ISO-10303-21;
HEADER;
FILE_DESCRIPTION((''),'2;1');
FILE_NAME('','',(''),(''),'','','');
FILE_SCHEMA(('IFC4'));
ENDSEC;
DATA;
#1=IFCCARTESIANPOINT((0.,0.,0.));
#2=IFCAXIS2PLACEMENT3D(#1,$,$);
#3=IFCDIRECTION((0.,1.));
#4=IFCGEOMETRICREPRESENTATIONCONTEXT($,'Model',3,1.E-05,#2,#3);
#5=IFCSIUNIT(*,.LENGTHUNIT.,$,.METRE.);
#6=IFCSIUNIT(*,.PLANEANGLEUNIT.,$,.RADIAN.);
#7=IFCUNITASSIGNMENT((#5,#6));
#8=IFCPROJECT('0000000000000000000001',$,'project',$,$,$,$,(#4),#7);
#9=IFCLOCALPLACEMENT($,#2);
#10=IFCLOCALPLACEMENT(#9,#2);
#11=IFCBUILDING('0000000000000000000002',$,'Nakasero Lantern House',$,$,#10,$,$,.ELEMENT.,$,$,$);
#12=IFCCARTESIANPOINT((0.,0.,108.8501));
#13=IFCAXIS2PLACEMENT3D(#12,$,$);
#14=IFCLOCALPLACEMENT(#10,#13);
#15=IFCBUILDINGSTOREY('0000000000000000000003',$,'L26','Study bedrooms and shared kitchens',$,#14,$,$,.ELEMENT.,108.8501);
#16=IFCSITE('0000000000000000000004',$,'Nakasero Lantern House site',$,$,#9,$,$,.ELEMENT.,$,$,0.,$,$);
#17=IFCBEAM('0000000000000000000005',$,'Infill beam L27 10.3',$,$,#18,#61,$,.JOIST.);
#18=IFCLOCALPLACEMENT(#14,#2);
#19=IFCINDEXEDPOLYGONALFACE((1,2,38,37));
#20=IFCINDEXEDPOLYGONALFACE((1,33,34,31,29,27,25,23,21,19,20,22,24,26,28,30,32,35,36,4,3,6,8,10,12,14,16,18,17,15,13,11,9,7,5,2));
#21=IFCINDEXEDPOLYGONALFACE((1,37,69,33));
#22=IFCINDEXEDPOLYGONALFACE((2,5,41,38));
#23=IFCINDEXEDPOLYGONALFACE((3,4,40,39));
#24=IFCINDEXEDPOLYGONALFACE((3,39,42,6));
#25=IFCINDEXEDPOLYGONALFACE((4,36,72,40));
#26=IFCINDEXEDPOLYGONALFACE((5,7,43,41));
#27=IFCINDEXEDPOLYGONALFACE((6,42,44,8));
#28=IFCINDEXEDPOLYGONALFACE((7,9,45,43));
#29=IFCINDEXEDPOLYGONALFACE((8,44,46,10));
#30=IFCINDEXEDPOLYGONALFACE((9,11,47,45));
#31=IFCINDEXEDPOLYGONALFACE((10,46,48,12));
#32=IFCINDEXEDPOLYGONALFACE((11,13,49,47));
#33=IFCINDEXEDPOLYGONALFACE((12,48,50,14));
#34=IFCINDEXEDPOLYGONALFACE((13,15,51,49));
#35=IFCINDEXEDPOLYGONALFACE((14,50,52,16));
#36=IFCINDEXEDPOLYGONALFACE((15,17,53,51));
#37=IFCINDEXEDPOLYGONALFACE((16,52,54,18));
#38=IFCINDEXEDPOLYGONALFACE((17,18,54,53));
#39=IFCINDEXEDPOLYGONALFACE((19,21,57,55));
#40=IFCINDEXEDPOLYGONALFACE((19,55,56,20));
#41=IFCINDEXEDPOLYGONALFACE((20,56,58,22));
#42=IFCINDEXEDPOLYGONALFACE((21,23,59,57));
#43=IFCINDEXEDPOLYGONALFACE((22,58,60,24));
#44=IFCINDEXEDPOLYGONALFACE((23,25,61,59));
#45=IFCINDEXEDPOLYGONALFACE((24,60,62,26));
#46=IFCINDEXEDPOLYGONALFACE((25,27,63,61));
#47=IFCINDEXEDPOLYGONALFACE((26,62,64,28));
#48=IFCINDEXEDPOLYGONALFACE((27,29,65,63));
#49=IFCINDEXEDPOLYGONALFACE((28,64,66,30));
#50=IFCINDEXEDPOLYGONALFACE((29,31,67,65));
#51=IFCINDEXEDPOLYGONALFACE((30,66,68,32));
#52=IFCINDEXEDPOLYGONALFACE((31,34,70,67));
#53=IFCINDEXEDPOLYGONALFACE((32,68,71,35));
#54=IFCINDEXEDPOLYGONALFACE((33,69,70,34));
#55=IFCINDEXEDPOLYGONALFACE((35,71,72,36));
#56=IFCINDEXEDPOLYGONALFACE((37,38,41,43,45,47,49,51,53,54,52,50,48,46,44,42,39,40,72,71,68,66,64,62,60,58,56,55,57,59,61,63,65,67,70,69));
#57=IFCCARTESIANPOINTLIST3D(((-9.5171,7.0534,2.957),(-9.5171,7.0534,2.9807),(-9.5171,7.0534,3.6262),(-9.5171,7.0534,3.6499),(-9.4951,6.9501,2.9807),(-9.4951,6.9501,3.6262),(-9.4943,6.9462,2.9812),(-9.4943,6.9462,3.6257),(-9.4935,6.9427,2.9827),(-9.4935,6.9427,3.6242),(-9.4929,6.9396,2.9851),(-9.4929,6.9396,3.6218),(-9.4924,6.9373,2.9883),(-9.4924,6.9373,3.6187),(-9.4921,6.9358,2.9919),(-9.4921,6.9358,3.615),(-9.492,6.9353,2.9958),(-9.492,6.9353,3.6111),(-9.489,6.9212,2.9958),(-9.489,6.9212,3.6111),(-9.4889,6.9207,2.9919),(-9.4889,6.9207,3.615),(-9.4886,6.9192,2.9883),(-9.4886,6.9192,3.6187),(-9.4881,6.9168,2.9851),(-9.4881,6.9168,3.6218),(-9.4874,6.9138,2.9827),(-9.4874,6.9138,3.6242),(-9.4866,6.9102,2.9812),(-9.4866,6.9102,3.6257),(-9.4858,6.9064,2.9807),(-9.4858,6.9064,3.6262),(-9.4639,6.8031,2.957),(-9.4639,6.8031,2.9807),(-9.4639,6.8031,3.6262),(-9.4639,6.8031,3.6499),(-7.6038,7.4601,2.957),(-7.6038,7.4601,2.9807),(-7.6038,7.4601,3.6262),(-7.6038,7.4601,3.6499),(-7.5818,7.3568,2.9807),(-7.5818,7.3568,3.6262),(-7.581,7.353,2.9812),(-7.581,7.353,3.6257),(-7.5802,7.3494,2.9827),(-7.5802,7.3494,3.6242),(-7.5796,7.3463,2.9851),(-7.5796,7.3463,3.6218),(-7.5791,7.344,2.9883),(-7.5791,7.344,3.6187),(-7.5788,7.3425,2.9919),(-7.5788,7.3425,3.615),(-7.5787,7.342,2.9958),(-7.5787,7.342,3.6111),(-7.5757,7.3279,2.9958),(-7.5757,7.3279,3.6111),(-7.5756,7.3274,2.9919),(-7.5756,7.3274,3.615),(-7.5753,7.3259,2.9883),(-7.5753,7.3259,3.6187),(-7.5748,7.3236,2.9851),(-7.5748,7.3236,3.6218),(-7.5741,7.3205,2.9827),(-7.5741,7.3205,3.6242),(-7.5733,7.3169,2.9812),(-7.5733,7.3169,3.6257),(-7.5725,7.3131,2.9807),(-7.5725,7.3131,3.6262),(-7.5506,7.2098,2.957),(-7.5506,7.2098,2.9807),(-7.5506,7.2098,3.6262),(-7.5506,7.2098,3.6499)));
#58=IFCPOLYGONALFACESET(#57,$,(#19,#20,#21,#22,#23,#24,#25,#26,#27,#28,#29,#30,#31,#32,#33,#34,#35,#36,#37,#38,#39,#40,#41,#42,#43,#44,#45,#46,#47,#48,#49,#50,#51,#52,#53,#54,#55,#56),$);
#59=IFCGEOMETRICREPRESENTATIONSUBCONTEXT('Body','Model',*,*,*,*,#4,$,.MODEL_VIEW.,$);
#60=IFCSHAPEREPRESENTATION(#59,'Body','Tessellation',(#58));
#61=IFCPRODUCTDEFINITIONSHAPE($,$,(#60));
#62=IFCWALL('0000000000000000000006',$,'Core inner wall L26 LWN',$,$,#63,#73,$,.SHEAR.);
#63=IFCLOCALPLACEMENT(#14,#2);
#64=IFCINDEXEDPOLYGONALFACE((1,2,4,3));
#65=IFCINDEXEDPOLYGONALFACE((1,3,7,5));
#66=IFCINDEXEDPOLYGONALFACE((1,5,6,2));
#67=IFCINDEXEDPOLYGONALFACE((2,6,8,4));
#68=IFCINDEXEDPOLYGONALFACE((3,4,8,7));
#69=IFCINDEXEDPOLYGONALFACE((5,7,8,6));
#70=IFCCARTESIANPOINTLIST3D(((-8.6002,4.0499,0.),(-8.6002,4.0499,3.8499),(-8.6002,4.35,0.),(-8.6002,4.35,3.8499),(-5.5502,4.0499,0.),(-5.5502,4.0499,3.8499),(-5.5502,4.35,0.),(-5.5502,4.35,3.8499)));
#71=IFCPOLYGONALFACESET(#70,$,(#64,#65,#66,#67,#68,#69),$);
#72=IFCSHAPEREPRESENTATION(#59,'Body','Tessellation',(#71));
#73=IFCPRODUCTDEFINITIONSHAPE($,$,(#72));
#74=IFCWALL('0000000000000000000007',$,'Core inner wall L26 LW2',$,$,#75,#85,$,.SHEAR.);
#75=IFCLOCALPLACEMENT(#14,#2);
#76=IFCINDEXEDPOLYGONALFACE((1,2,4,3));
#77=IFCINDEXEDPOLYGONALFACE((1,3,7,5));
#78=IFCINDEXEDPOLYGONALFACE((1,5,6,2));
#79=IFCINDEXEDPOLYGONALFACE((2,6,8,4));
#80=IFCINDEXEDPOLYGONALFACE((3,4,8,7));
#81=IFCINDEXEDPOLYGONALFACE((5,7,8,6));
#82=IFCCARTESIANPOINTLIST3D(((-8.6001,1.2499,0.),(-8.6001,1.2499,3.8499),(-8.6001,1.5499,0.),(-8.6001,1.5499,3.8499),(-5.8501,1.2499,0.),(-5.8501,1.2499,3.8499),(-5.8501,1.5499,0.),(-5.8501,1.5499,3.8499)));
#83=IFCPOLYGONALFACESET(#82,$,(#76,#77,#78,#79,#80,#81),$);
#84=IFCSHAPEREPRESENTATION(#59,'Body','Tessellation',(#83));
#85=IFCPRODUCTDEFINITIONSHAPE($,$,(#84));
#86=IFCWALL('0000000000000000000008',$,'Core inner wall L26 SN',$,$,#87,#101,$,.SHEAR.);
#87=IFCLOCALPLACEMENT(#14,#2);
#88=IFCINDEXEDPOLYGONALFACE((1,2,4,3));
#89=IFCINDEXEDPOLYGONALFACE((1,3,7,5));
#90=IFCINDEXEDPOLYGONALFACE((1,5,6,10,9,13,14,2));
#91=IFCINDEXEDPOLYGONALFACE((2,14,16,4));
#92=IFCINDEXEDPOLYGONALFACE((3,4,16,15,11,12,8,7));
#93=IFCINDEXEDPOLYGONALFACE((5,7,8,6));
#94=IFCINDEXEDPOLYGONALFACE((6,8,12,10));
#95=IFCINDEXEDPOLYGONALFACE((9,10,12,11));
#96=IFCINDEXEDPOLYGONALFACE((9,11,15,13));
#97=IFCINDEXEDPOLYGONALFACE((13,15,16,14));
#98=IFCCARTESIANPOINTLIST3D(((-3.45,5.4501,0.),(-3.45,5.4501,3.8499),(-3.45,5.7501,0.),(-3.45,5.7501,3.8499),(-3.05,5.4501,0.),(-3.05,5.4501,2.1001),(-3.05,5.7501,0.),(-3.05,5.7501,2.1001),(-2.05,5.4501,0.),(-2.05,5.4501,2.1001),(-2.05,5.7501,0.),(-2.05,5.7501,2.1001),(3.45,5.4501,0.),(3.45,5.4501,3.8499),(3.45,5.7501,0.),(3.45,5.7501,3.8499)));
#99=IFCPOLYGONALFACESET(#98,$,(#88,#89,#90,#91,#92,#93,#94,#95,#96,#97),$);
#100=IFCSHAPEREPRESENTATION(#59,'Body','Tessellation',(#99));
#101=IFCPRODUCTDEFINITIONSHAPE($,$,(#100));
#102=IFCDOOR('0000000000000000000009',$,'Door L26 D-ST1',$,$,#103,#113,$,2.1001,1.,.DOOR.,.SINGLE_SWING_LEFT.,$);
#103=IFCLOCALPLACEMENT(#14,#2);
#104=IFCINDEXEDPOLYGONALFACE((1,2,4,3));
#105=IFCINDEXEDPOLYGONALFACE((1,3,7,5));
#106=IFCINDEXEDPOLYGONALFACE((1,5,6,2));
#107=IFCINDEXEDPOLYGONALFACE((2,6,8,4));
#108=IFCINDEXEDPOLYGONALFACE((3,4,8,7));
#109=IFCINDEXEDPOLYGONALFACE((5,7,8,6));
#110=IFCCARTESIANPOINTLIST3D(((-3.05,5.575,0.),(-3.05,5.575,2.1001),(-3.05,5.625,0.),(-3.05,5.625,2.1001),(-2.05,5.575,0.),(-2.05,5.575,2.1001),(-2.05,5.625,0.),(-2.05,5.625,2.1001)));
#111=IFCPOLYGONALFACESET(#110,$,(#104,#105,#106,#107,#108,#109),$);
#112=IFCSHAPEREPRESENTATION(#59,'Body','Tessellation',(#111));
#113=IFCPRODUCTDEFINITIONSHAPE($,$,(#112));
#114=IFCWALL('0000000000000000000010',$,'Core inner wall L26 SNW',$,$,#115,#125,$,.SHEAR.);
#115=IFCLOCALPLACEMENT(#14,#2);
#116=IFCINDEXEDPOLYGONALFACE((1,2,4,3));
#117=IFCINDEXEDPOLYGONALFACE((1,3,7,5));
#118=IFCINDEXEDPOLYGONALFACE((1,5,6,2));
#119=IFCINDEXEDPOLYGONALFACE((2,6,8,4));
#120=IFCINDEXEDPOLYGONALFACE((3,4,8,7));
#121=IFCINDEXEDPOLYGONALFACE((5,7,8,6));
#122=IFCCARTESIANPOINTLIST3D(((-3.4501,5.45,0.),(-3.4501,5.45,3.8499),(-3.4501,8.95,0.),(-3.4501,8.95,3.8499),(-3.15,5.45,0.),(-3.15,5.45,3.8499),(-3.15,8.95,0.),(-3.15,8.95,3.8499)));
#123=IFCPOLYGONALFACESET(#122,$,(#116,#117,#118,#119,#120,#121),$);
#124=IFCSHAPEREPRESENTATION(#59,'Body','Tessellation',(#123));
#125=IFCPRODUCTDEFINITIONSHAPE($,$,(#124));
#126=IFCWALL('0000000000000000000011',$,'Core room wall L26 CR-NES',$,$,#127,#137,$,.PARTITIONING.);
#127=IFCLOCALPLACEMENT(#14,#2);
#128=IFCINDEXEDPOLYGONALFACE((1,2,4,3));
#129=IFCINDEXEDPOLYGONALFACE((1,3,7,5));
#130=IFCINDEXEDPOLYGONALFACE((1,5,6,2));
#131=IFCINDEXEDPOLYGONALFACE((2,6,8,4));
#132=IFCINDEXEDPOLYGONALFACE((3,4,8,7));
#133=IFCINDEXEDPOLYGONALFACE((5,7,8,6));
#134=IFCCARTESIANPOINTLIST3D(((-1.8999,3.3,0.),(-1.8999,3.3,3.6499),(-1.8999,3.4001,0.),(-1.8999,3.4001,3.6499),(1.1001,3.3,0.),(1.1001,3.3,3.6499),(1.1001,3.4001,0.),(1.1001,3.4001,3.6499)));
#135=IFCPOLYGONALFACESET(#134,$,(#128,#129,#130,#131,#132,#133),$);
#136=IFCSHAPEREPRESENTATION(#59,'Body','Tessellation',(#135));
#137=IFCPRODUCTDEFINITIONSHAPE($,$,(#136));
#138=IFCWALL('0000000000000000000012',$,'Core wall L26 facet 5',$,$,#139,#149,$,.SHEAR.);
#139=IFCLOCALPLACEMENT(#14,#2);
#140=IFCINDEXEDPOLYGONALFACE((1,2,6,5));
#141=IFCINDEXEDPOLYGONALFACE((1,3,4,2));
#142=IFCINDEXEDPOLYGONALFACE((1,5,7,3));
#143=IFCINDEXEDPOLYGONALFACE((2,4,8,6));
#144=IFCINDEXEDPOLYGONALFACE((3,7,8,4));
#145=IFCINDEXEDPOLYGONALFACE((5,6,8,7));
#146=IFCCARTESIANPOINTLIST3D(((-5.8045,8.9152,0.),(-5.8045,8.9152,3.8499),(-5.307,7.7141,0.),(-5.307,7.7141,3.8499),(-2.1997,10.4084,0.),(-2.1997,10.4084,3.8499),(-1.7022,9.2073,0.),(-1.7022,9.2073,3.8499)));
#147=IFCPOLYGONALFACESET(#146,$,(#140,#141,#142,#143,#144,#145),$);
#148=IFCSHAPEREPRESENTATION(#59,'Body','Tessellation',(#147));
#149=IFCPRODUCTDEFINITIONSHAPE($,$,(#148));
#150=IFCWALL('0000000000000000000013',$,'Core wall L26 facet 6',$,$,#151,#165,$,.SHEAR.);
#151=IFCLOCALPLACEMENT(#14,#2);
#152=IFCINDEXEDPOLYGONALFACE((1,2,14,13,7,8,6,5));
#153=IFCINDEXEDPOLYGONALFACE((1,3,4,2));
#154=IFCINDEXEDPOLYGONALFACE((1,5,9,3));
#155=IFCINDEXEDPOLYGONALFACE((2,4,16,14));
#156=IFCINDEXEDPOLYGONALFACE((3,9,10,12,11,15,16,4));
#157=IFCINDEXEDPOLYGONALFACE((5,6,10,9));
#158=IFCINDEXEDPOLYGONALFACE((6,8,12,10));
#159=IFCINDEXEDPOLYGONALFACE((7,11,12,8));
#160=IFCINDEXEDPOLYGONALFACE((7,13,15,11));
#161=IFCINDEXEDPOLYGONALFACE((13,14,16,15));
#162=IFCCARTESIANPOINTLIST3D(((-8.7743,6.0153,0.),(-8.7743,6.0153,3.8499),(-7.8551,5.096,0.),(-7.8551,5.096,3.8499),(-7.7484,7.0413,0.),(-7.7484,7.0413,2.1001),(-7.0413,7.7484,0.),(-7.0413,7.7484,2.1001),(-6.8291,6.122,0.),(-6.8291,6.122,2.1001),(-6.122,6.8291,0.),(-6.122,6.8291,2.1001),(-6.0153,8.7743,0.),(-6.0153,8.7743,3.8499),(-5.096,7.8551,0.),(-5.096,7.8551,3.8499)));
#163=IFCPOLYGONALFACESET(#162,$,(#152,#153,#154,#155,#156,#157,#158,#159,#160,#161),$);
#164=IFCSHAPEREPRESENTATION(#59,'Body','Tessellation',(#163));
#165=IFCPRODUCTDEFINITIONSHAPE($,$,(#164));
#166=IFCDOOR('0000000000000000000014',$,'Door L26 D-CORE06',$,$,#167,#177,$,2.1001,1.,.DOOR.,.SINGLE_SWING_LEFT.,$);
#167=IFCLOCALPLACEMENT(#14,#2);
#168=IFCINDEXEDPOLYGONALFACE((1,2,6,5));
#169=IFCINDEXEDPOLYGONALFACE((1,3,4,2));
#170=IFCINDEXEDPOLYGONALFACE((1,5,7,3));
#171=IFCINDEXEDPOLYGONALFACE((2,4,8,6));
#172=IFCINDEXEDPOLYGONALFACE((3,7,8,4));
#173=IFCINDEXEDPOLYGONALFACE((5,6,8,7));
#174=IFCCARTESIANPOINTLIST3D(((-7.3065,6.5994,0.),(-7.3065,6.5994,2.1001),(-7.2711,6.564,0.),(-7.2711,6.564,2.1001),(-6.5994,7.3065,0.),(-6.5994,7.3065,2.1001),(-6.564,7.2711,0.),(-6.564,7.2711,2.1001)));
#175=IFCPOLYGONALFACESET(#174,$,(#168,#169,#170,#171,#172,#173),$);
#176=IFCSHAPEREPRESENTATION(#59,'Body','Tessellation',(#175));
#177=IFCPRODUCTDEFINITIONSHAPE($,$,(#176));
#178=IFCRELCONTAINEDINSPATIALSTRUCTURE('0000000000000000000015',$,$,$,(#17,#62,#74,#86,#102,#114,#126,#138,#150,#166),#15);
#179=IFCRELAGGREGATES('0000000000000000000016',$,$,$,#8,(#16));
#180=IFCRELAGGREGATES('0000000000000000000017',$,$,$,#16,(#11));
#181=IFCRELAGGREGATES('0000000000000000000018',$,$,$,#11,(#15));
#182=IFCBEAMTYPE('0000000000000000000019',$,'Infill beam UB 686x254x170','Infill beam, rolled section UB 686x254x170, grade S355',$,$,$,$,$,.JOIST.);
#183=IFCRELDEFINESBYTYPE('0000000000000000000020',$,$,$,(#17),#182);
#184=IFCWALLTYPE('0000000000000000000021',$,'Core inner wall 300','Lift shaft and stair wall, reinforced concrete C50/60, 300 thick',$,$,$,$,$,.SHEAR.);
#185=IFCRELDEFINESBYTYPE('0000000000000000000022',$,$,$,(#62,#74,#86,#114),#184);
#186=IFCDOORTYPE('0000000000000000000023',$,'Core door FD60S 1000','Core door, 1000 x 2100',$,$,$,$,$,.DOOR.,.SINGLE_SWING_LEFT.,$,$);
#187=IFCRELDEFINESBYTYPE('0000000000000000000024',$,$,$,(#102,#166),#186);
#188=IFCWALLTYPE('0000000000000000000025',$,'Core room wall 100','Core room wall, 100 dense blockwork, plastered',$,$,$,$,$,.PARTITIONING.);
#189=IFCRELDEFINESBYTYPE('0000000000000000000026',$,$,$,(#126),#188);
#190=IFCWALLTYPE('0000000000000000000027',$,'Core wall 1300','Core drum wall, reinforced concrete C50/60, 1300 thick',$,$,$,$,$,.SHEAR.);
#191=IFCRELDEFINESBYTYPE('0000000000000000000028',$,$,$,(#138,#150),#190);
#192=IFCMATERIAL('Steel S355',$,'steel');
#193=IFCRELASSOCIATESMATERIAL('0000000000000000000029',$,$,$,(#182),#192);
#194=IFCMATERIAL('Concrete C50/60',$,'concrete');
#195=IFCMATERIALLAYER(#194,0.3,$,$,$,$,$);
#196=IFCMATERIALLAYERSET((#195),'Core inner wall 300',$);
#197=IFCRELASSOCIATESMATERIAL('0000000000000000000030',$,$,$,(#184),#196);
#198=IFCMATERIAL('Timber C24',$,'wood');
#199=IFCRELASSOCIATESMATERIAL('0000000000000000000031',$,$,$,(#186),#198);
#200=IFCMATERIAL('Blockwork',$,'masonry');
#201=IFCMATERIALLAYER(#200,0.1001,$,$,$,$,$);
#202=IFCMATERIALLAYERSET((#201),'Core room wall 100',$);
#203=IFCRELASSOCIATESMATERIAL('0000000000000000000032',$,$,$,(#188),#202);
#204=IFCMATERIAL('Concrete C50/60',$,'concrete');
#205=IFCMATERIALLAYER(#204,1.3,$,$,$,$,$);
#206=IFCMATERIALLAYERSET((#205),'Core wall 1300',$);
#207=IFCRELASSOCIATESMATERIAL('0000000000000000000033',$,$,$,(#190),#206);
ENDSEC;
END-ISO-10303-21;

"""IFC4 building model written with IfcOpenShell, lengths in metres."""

from ifc_helpers import new_model, si_unit, direction, frame, frame_2d, origin, origin_2d, place, context, subcontext, project, spatial, rectangle, i_section, extrude, material, layer, layer_set, material_profile, profile_set, type_object, element, fill, save


model = new_model("IFC4")

# Units and contexts
model_context = context("Model", 3, precision=1e-05, world=origin(), true_north=direction((0.0, 1.0)))
body_context = subcontext(model_context, "Body", "Model", "MODEL_VIEW")
ifc_project = project(units=[si_unit("LENGTHUNIT", "METRE"), si_unit("PLANEANGLEUNIT", "RADIAN")], contexts=[model_context])

# Site, building, storey
site_placement = place(None, origin())
site = spatial("IfcSite", under=ifc_project, at=site_placement, Name="Nakasero Lantern House site", CompositionType="ELEMENT", RefElevation=0.0)
building_placement = place(site_placement, origin())
building = spatial("IfcBuilding", under=site, at=building_placement, Name="Nakasero Lantern House", CompositionType="ELEMENT")
storey_placement = place(building_placement, frame((0.0, 0.0, 108.8501)))
storey = spatial("IfcBuildingStorey", under=building, at=storey_placement, Name="L26", Description="Study bedrooms and shared kitchens", CompositionType="ELEMENT", Elevation=108.8501)

# Beam
ifc_material_1 = material(Name="Steel S355", Category="steel")
ifc_material_profile_1 = material_profile(ifc_material_1, i_section(OverallWidth=0.2559, OverallDepth=0.6929, WebThickness=0.0144, FlangeThickness=0.0237, FilletRadius=0.0151, at=origin_2d()), Name="UB 686x254x170")
ifc_profile_set_1 = profile_set([ifc_material_profile_1], Name="Steel S355")
beam_type_1 = type_object("IfcBeamType", Name="Infill beam UB 686x254x170", Description="Infill beam, rolled section UB 686x254x170, grade S355", PredefinedType="JOIST", material=ifc_profile_set_1)
beam_1_placement = place(storey_placement, frame((-9.4905, 6.9282, 3.3035), z_axis=(0.978143, 0.207935, 0.0), x_axis=(-0.207935, 0.978143, 0.0)))
element("IfcBeam", 1, at=beam_1_placement, inside=storey, type_object=beam_type_1, Name="Infill beam L27 10.3", PredefinedType="JOIST", context=body_context, shape_type="SweptSolid", body=[
    extrude(i_section(OverallWidth=0.2559, OverallDepth=0.6929, WebThickness=0.0144, FlangeThickness=0.0237, FilletRadius=0.0151, at=origin_2d()), origin(), (0.0, 0.0, 1.0), 1.9561),
])

# Walls
ifc_material_2 = material(Name="Concrete C50/60", Category="concrete")
ifc_layer_1 = layer(ifc_material_2, 0.3)
ifc_layer_set_1 = layer_set([ifc_layer_1], Name="Core inner wall 300")
wall_type_1 = type_object("IfcWallType", Name="Core inner wall 300", Description="Lift shaft and stair wall, reinforced concrete C50/60, 300 thick", PredefinedType="SHEAR", material=ifc_layer_set_1)
wall_1_placement = place(storey_placement, frame((-8.6001, 4.2, 0.0), z_axis=(0.0, 0.0, 1.0), x_axis=(1.0, 0.0, 0.0)))
element("IfcWall", 2, at=wall_1_placement, inside=storey, type_object=wall_type_1, Name="Core inner wall L26 LWN", PredefinedType="SHEAR", context=body_context, shape_type="SweptSolid", body=[
    extrude(rectangle(XDim=3.05, YDim=0.3, at=frame_2d((1.5249, 0.0))), origin(), (0.0, 0.0, 1.0), 3.8499),
])
wall_2_placement = place(storey_placement, frame((-8.6001, 1.3999, 0.0), z_axis=(0.0, 0.0, 1.0), x_axis=(1.0, 0.0, 0.0)))
element("IfcWall", 3, at=wall_2_placement, inside=storey, type_object=wall_type_1, Name="Core inner wall L26 LW2", PredefinedType="SHEAR", context=body_context, shape_type="SweptSolid", body=[
    extrude(rectangle(XDim=2.75, YDim=0.3, at=frame_2d((1.375, 0.0))), origin(), (0.0, 0.0, 1.0), 3.8499),
])

# Wall, opening, door
wall_3_placement = place(storey_placement, frame((-3.45, 5.6001, 0.0), z_axis=(0.0, 0.0, 1.0), x_axis=(1.0, 0.0, 0.0)))
wall_3 = element("IfcWall", 4, at=wall_3_placement, inside=storey, type_object=wall_type_1, Name="Core inner wall L26 SN", PredefinedType="SHEAR", context=body_context, shape_type="SweptSolid", body=[
    extrude(rectangle(XDim=6.8999, YDim=0.3, at=frame_2d((3.45, 0.0))), origin(), (0.0, 0.0, 1.0), 3.8499),
])
opening_1_placement = place(wall_3_placement, frame((0.3999, 0.0, 0.0)))
opening_1 = element("IfcOpeningElement", 5, at=opening_1_placement, cuts=wall_3, PredefinedType="OPENING", context=body_context, shape_type="SweptSolid", body=[
    extrude(rectangle(XDim=1.0, YDim=2.1001, at=frame_2d((0.5, 1.05))), frame((0.0, 0.1699, 0.0), z_axis=(0.0, -1.0, 0.0), x_axis=(1.0, 0.0, 0.0)), (0.0, 0.0, 1.0), 0.3401),
])
ifc_material_3 = material(Name="Timber C24", Category="wood")
door_type_1 = type_object("IfcDoorType", Name="Core door FD60S 1000", Description="Core door, 1000 x 2100", OperationType="SINGLE_SWING_LEFT", PredefinedType="DOOR", material=ifc_material_3)
door_1_placement = place(opening_1_placement, origin())
door_1 = element("IfcDoor", 6, at=door_1_placement, inside=storey, type_object=door_type_1, Name="Door L26 D-ST1", OperationType="SINGLE_SWING_LEFT", OverallHeight=2.1001, OverallWidth=1.0, PredefinedType="DOOR", context=body_context, shape_type="SweptSolid", body=[
    extrude(rectangle(XDim=1.0, YDim=2.1001, at=frame_2d((0.5, 1.05))), frame((0.0, 0.0249, 0.0), z_axis=(0.0, -1.0, 0.0), x_axis=(1.0, 0.0, 0.0)), (0.0, 0.0, 1.0), 0.05),
])
fill(opening_1, door_1)

# Walls
wall_4_placement = place(storey_placement, frame((-3.3, 5.45, 0.0), z_axis=(0.0, 0.0, 1.0), x_axis=(0.0, 1.0, 0.0)))
element("IfcWall", 7, at=wall_4_placement, inside=storey, type_object=wall_type_1, Name="Core inner wall L26 SNW", PredefinedType="SHEAR", context=body_context, shape_type="SweptSolid", body=[
    extrude(rectangle(XDim=3.5, YDim=0.3, at=frame_2d((1.75, 0.0))), origin(), (0.0, 0.0, 1.0), 3.8499),
])
ifc_material_4 = material(Name="Blockwork", Category="masonry")
ifc_layer_2 = layer(ifc_material_4, 0.1001)
ifc_layer_set_2 = layer_set([ifc_layer_2], Name="Core room wall 100")
wall_type_2 = type_object("IfcWallType", Name="Core room wall 100", Description="Core room wall, 100 dense blockwork, plastered", PredefinedType="PARTITIONING", material=ifc_layer_set_2)
wall_5_placement = place(storey_placement, frame((-1.8999, 3.3501, 0.0), z_axis=(0.0, 0.0, 1.0), x_axis=(1.0, 0.0, 0.0)))
element("IfcWall", 8, at=wall_5_placement, inside=storey, type_object=wall_type_2, Name="Core room wall L26 CR-NES", PredefinedType="PARTITIONING", context=body_context, shape_type="SweptSolid", body=[
    extrude(rectangle(XDim=3.0, YDim=0.1001, at=frame_2d((1.5, 0.0))), origin(), (0.0, 0.0, 1.0), 3.6499),
])
ifc_material_5 = material(Name="Concrete C50/60", Category="concrete")
ifc_layer_3 = layer(ifc_material_5, 1.3)
ifc_layer_set_3 = layer_set([ifc_layer_3], Name="Core wall 1300")
wall_type_3 = type_object("IfcWallType", Name="Core wall 1300", Description="Core drum wall, reinforced concrete C50/60, 1300 thick", PredefinedType="SHEAR", material=ifc_layer_set_3)
wall_6_placement = place(storey_placement, frame((-1.9509, 9.8079, 0.0), z_axis=(0.0, 0.0, 1.0), x_axis=(-0.923877, -0.382691, 0.0)))
element("IfcWall", 9, at=wall_6_placement, inside=storey, type_object=wall_type_3, Name="Core wall L26 facet 5", PredefinedType="SHEAR", context=body_context, shape_type="SweptSolid", body=[
    extrude(rectangle(XDim=3.9019, YDim=1.3, at=frame_2d((1.9509, 0.0))), origin(), (0.0, 0.0, 1.0), 3.8499),
])

# Wall, opening, door
wall_7_placement = place(storey_placement, frame((-5.5557, 8.3147, 0.0), z_axis=(0.0, 0.0, 1.0), x_axis=(-0.707107, -0.707107, 0.0)))
wall_7 = element("IfcWall", 10, at=wall_7_placement, inside=storey, type_object=wall_type_3, Name="Core wall L26 facet 6", PredefinedType="SHEAR", context=body_context, shape_type="SweptSolid", body=[
    extrude(rectangle(XDim=3.9019, YDim=1.3, at=frame_2d((1.9509, 0.0))), origin(), (0.0, 0.0, 1.0), 3.8499),
])
opening_2_placement = place(wall_7_placement, frame((1.4509, 0.0, 0.0)))
opening_2 = element("IfcOpeningElement", 11, at=opening_2_placement, cuts=wall_7, PredefinedType="OPENING", context=body_context, shape_type="SweptSolid", body=[
    extrude(rectangle(XDim=1.0, YDim=2.1001, at=frame_2d((0.5, 1.05))), frame((0.0, 0.6699, 0.0), z_axis=(0.0, -1.0, 0.0), x_axis=(1.0, 0.0, 0.0)), (0.0, 0.0, 1.0), 1.3401),
])
door_2_placement = place(opening_2_placement, origin())
door_2 = element("IfcDoor", 12, at=door_2_placement, inside=storey, type_object=door_type_1, Name="Door L26 D-CORE06", OperationType="SINGLE_SWING_LEFT", OverallHeight=2.1001, OverallWidth=1.0, PredefinedType="DOOR", context=body_context, shape_type="SweptSolid", body=[
    extrude(rectangle(XDim=1.0, YDim=2.1001, at=frame_2d((0.5, 1.05))), frame((0.0, 0.0249, 0.0), z_axis=(0.0, -1.0, 0.0), x_axis=(1.0, 0.0, 0.0)), (0.0, 0.0, 1.0), 0.05),
])
fill(opening_2, door_2)

save(model, "model.ifc")
